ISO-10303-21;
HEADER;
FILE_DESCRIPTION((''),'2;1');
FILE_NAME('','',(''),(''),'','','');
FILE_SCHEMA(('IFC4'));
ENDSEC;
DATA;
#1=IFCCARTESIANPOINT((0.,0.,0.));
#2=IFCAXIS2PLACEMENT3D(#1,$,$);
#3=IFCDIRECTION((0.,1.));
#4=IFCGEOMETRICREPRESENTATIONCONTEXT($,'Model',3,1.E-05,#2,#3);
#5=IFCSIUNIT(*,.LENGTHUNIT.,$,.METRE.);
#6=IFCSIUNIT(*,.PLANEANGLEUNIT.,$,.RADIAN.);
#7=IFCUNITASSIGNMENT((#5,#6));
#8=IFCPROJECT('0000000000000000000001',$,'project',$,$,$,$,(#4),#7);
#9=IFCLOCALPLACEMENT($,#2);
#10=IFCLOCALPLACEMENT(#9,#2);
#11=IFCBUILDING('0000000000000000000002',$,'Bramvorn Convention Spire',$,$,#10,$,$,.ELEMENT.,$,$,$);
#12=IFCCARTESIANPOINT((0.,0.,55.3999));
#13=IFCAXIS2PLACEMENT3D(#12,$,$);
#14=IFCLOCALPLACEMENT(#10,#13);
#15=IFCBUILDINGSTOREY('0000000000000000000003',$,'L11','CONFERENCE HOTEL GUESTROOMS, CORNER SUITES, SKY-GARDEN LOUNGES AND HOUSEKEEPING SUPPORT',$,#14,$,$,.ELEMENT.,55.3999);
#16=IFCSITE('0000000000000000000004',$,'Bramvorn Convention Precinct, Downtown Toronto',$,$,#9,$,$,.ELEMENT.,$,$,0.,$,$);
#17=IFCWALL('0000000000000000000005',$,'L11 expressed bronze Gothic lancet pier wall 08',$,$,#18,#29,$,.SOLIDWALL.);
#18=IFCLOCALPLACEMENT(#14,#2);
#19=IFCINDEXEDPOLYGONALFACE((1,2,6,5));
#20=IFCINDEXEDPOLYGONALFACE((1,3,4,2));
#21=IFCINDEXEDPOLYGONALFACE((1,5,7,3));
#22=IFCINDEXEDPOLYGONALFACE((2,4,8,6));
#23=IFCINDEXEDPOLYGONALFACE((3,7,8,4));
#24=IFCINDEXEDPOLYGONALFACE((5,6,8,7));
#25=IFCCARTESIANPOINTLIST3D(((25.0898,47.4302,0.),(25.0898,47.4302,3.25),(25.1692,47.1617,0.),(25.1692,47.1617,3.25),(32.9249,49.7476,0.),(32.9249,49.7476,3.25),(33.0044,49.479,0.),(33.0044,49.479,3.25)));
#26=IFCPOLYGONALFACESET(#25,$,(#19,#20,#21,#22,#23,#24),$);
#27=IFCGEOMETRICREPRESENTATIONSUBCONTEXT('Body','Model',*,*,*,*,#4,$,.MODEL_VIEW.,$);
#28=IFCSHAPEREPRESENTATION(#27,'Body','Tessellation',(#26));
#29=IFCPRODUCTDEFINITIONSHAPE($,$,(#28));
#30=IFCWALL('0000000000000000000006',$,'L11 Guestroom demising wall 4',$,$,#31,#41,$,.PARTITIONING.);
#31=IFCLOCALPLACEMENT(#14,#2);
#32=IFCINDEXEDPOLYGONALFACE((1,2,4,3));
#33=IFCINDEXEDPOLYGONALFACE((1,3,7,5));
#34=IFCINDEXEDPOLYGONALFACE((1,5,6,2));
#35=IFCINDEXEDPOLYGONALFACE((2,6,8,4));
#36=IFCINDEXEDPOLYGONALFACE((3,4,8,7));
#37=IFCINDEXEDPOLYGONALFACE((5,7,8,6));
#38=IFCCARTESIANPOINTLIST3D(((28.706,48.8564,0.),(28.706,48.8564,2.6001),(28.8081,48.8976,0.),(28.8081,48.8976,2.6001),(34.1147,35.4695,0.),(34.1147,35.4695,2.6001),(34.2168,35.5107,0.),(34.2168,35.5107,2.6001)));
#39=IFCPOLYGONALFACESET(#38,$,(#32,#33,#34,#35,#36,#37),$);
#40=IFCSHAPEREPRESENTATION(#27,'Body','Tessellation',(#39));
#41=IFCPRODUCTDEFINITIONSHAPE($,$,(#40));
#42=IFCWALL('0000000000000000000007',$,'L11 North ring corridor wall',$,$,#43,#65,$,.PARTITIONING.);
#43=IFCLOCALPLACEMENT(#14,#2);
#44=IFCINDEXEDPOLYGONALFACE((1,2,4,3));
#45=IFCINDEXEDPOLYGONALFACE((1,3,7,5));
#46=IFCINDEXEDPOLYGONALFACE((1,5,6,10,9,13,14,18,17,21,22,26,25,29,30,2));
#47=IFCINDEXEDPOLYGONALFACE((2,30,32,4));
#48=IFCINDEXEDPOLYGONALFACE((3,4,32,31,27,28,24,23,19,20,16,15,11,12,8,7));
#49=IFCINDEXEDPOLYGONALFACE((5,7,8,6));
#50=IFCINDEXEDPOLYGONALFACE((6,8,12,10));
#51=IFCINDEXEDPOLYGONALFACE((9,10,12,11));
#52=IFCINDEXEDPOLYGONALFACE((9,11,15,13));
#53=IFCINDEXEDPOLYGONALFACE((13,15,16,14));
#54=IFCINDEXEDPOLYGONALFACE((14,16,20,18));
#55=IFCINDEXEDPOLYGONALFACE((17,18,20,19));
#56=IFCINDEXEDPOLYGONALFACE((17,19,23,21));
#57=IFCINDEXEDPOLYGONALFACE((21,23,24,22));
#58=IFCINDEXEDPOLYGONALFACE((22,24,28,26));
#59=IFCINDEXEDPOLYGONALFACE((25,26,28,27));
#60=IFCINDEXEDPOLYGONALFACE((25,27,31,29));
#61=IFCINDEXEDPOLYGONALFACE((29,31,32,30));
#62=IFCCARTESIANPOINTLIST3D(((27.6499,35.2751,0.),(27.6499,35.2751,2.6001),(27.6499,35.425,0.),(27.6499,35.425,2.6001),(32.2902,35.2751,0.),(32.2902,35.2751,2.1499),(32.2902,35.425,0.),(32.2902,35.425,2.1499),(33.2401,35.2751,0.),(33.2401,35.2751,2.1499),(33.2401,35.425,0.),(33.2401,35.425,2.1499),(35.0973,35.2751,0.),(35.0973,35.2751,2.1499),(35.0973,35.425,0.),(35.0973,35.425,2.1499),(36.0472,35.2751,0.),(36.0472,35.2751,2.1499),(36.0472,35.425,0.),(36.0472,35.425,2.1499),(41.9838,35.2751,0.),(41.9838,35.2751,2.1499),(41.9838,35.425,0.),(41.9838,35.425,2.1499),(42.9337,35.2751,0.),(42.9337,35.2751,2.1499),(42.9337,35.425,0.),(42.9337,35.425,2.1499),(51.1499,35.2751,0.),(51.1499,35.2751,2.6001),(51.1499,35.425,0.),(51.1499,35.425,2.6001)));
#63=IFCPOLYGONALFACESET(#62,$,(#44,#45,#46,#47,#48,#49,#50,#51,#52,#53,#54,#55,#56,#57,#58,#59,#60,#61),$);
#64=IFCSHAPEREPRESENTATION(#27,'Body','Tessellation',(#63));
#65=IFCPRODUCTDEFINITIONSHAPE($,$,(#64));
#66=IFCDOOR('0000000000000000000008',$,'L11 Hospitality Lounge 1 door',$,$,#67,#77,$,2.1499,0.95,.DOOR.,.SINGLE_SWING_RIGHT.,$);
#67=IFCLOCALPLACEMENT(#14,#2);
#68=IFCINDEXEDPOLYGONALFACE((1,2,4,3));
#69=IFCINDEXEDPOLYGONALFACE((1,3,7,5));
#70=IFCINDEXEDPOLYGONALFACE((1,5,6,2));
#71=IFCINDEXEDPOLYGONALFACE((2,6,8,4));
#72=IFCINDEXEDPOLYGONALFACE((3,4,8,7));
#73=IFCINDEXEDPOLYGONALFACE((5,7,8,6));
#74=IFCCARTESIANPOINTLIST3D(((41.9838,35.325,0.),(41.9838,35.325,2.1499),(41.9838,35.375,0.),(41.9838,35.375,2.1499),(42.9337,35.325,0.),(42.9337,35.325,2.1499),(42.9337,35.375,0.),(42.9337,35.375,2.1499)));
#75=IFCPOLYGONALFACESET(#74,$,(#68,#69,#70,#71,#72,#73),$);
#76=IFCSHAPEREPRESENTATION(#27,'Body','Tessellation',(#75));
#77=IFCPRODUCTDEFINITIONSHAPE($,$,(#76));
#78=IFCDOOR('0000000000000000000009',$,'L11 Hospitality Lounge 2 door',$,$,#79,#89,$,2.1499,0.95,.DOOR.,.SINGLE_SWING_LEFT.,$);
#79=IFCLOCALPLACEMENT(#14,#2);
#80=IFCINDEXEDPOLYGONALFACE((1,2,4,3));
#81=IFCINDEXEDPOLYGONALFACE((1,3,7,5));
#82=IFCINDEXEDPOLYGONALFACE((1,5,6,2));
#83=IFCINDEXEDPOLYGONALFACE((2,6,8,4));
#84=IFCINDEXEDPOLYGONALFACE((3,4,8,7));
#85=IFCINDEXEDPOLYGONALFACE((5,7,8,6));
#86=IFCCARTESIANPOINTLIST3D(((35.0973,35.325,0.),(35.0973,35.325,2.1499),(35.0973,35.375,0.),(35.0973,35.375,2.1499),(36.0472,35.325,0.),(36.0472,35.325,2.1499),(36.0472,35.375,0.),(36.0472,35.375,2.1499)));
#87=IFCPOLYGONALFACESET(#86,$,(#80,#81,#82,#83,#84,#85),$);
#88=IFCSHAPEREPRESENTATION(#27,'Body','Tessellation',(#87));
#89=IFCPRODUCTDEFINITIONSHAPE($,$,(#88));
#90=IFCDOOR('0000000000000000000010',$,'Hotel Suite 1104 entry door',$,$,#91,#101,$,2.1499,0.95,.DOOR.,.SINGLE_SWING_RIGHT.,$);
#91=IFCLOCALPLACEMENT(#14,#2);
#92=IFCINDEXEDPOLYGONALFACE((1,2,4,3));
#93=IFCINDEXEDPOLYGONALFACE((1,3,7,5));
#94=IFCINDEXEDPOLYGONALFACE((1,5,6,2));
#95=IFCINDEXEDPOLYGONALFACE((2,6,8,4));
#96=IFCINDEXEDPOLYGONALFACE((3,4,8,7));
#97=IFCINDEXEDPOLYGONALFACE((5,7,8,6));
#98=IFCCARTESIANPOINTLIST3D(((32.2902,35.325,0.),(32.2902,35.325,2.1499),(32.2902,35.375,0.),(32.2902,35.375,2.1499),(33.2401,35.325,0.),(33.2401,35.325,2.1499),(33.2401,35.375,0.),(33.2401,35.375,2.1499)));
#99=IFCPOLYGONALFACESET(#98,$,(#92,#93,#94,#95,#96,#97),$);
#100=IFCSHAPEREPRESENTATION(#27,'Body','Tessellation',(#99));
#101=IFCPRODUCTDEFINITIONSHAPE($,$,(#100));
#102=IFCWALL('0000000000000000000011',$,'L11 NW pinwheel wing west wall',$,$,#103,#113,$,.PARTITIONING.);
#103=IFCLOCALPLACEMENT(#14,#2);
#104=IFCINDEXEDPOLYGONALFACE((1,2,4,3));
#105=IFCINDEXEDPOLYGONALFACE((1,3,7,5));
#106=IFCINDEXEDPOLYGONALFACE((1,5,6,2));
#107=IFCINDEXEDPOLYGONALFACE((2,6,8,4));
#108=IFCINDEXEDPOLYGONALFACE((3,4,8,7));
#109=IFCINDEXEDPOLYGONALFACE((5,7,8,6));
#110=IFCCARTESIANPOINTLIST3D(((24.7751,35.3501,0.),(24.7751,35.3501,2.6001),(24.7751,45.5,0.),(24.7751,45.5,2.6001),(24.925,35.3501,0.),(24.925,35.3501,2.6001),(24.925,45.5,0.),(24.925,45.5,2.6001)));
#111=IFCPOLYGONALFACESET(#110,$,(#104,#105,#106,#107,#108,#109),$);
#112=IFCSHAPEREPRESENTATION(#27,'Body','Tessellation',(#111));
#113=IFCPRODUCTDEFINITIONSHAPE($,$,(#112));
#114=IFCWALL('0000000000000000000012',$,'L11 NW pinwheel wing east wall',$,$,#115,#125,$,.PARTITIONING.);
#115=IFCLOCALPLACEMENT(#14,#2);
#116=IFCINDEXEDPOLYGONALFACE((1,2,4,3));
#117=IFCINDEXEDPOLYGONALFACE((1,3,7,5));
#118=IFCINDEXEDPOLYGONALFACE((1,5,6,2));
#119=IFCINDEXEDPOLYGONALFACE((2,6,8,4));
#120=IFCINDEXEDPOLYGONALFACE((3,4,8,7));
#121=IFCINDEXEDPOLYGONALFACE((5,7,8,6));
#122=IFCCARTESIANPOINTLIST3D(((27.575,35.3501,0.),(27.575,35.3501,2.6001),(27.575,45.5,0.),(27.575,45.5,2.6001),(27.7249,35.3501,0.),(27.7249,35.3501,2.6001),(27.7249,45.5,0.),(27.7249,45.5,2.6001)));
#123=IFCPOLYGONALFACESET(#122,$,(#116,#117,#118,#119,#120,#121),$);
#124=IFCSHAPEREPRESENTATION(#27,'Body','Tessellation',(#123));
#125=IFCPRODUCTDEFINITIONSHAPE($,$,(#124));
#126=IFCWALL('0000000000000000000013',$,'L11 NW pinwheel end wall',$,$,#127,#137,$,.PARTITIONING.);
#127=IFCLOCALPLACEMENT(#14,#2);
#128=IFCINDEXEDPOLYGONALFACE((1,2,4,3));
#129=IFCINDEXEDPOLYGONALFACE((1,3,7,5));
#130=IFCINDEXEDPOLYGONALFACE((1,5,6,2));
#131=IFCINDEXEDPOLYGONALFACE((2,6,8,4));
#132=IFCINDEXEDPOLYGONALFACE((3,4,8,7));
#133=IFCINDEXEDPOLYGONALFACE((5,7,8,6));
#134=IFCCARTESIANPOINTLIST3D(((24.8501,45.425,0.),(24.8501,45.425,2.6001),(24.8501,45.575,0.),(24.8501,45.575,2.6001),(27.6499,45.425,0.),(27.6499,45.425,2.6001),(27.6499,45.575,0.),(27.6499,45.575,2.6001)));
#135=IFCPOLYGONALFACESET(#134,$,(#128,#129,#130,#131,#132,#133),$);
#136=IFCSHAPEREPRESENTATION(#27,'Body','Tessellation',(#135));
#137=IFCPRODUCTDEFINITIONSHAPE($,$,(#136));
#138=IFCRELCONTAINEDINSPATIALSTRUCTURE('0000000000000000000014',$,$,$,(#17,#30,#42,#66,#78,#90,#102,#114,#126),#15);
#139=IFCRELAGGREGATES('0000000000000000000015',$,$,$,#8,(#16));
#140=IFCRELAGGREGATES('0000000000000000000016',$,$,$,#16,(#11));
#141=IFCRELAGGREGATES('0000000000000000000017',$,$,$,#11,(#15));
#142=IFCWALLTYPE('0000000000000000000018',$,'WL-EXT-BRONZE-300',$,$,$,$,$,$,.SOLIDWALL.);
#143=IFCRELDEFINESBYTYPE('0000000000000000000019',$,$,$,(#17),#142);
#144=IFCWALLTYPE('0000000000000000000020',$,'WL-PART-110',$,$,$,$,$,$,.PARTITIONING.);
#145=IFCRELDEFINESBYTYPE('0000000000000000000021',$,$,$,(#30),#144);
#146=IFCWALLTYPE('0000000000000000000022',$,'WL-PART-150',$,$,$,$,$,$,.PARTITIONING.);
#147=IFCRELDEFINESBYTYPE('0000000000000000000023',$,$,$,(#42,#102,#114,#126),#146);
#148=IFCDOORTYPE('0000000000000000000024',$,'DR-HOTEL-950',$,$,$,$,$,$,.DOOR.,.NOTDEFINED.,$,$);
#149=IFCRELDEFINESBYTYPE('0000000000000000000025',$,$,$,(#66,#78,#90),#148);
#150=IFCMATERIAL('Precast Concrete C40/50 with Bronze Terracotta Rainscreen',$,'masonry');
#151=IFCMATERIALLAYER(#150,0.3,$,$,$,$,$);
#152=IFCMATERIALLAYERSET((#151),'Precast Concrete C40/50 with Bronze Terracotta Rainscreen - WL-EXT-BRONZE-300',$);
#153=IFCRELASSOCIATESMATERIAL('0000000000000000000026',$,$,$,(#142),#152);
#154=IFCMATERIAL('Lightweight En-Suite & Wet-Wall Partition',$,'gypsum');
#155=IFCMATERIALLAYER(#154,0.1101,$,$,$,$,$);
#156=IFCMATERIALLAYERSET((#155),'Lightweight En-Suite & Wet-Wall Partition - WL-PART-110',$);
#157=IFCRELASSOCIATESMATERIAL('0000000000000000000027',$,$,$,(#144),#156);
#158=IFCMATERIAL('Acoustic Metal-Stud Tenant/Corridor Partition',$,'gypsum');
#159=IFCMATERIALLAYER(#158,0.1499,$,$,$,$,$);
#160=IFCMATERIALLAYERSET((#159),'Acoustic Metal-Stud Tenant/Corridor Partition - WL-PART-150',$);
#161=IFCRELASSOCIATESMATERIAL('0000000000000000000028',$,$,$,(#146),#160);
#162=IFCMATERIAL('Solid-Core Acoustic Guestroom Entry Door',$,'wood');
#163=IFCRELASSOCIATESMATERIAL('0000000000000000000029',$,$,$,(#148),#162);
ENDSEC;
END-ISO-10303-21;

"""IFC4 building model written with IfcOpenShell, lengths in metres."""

from ifc_helpers import new_model, si_unit, direction, frame, frame_2d, origin, place, context, subcontext, project, spatial, rectangle, extrude, material, layer, layer_set, type_object, element, fill, save


model = new_model("IFC4")

# Units and contexts
model_context = context("Model", 3, precision=1e-05, world=origin(), true_north=direction((0.0, 1.0)))
body_context = subcontext(model_context, "Body", "Model", "MODEL_VIEW")
ifc_project = project(units=[si_unit("LENGTHUNIT", "METRE"), si_unit("PLANEANGLEUNIT", "RADIAN")], contexts=[model_context])

# Site, building, storey
site_placement = place(None, origin())
site = spatial("IfcSite", under=ifc_project, at=site_placement, Name="Bramvorn Convention Precinct, Downtown Toronto", CompositionType="ELEMENT", RefElevation=0.0)
building_placement = place(site_placement, origin())
building = spatial("IfcBuilding", under=site, at=building_placement, Name="Bramvorn Convention Spire", CompositionType="ELEMENT")
storey_placement = place(building_placement, frame((0.0, 0.0, 55.3999)))
storey = spatial("IfcBuildingStorey", under=building, at=storey_placement, Name="L11", Description="CONFERENCE HOTEL GUESTROOMS, CORNER SUITES, SKY-GARDEN LOUNGES AND HOUSEKEEPING SUPPORT", CompositionType="ELEMENT", Elevation=55.3999)

# Walls
ifc_material_1 = material(Name="Precast Concrete C40/50 with Bronze Terracotta Rainscreen", Category="masonry")
ifc_layer_1 = layer(ifc_material_1, 0.3)
ifc_layer_set_1 = layer_set([ifc_layer_1], Name="Precast Concrete C40/50 with Bronze Terracotta Rainscreen - WL-EXT-BRONZE-300")
wall_type_1 = type_object("IfcWallType", Name="WL-EXT-BRONZE-300", PredefinedType="SOLIDWALL", material=ifc_layer_set_1)
wall_1_placement = place(storey_placement, frame((25.1294, 47.2959, 0.0), z_axis=(0.0, 0.0, 1.0), x_axis=(0.958937, 0.28362, 0.0)))
element("IfcWall", 1, at=wall_1_placement, inside=storey, type_object=wall_type_1, Name="L11 expressed bronze Gothic lancet pier wall 08", PredefinedType="SOLIDWALL", context=body_context, shape_type="SweptSolid", body=[
    extrude(rectangle(XDim=8.1707, YDim=0.28, at=frame_2d((4.0854, 0.0))), origin(), (0.0, 0.0, 1.0), 3.25),
])
ifc_material_2 = material(Name="Lightweight En-Suite & Wet-Wall Partition", Category="gypsum")
ifc_layer_2 = layer(ifc_material_2, 0.1101)
ifc_layer_set_2 = layer_set([ifc_layer_2], Name="Lightweight En-Suite & Wet-Wall Partition - WL-PART-110")
wall_type_2 = type_object("IfcWallType", Name="WL-PART-110", PredefinedType="PARTITIONING", material=ifc_layer_set_2)
wall_2_placement = place(storey_placement, frame((34.1658, 35.49, 0.0), z_axis=(0.0, 0.0, 1.0), x_axis=(-0.374607, 0.927184, 0.0)))
element("IfcWall", 2, at=wall_2_placement, inside=storey, type_object=wall_type_2, Name="L11 Guestroom demising wall 4", PredefinedType="PARTITIONING", context=body_context, shape_type="SweptSolid", body=[
    extrude(rectangle(XDim=14.4382, YDim=0.1101, at=frame_2d((7.2192, 0.0))), origin(), (0.0, 0.0, 1.0), 2.6001),
])

# Wall, openings, doors
ifc_material_3 = material(Name="Acoustic Metal-Stud Tenant/Corridor Partition", Category="gypsum")
ifc_layer_3 = layer(ifc_material_3, 0.1499)
ifc_layer_set_3 = layer_set([ifc_layer_3], Name="Acoustic Metal-Stud Tenant/Corridor Partition - WL-PART-150")
wall_type_3 = type_object("IfcWallType", Name="WL-PART-150", PredefinedType="PARTITIONING", material=ifc_layer_set_3)
wall_3_placement = place(storey_placement, frame((27.6499, 35.3501, 0.0), z_axis=(0.0, 0.0, 1.0), x_axis=(1.0, 0.0, 0.0)))
wall_3 = element("IfcWall", 3, at=wall_3_placement, inside=storey, type_object=wall_type_3, Name="L11 North ring corridor wall", PredefinedType="PARTITIONING", context=body_context, shape_type="SweptSolid", body=[
    extrude(rectangle(XDim=23.5, YDim=0.1499, at=frame_2d((11.75, 0.0))), origin(), (0.0, 0.0, 1.0), 2.6001),
])
opening_1_placement = place(wall_3_placement, frame((14.3337, 0.0, 0.0)))
opening_1 = element("IfcOpeningElement", 4, at=opening_1_placement, cuts=wall_3, PredefinedType="OPENING", context=body_context, shape_type="SweptSolid", body=[
    extrude(rectangle(XDim=0.95, YDim=2.1499, at=frame_2d((0.4751, 1.075))), frame((0.0, 0.085, 0.0), z_axis=(0.0, -1.0, 0.0), x_axis=(1.0, 0.0, 0.0)), (0.0, 0.0, 1.0), 0.1699),
])
opening_2_placement = place(wall_3_placement, frame((7.4473, 0.0, 0.0)))
opening_2 = element("IfcOpeningElement", 5, at=opening_2_placement, cuts=wall_3, PredefinedType="OPENING", context=body_context, shape_type="SweptSolid", body=[
    extrude(rectangle(XDim=0.95, YDim=2.1499, at=frame_2d((0.4751, 1.075))), frame((0.0, 0.085, 0.0), z_axis=(0.0, -1.0, 0.0), x_axis=(1.0, 0.0, 0.0)), (0.0, 0.0, 1.0), 0.1699),
])
opening_3_placement = place(wall_3_placement, frame((4.6401, 0.0, 0.0)))
opening_3 = element("IfcOpeningElement", 6, at=opening_3_placement, cuts=wall_3, PredefinedType="OPENING", context=body_context, shape_type="SweptSolid", body=[
    extrude(rectangle(XDim=0.95, YDim=2.1499, at=frame_2d((0.4751, 1.075))), frame((0.0, 0.085, 0.0), z_axis=(0.0, -1.0, 0.0), x_axis=(1.0, 0.0, 0.0)), (0.0, 0.0, 1.0), 0.1699),
])
ifc_material_4 = material(Name="Solid-Core Acoustic Guestroom Entry Door", Category="wood")
door_type_1 = type_object("IfcDoorType", Name="DR-HOTEL-950", OperationType="NOTDEFINED", PredefinedType="DOOR", material=ifc_material_4)
door_1_placement = place(opening_1_placement, origin())
door_1 = element("IfcDoor", 7, at=door_1_placement, inside=storey, type_object=door_type_1, Name="L11 Hospitality Lounge 1 door", OperationType="SINGLE_SWING_RIGHT", OverallHeight=2.1499, OverallWidth=0.95, PredefinedType="DOOR", context=body_context, shape_type="SweptSolid", body=[
    extrude(rectangle(XDim=0.95, YDim=2.1499, at=frame_2d((0.4751, 1.075))), frame((0.0, 0.0249, 0.0), z_axis=(0.0, -1.0, 0.0), x_axis=(1.0, 0.0, 0.0)), (0.0, 0.0, 1.0), 0.05),
])
fill(opening_1, door_1)
door_2_placement = place(opening_2_placement, origin())
door_2 = element("IfcDoor", 8, at=door_2_placement, inside=storey, type_object=door_type_1, Name="L11 Hospitality Lounge 2 door", OperationType="SINGLE_SWING_LEFT", OverallHeight=2.1499, OverallWidth=0.95, PredefinedType="DOOR", context=body_context, shape_type="SweptSolid", body=[
    extrude(rectangle(XDim=0.95, YDim=2.1499, at=frame_2d((0.4751, 1.075))), frame((0.0, 0.0249, 0.0), z_axis=(0.0, -1.0, 0.0), x_axis=(1.0, 0.0, 0.0)), (0.0, 0.0, 1.0), 0.05),
])
fill(opening_2, door_2)
door_3_placement = place(opening_3_placement, origin())
door_3 = element("IfcDoor", 9, at=door_3_placement, inside=storey, type_object=door_type_1, Name="Hotel Suite 1104 entry door", OperationType="SINGLE_SWING_RIGHT", OverallHeight=2.1499, OverallWidth=0.95, PredefinedType="DOOR", context=body_context, shape_type="SweptSolid", body=[
    extrude(rectangle(XDim=0.95, YDim=2.1499, at=frame_2d((0.4751, 1.075))), frame((0.0, 0.0249, 0.0), z_axis=(0.0, -1.0, 0.0), x_axis=(1.0, 0.0, 0.0)), (0.0, 0.0, 1.0), 0.05),
])
fill(opening_3, door_3)

# Walls
for number, where, z_axis, x_axis, name in (
    (10, (24.8501, 35.3501, 0.0), (0.0, 0.0, 1.0), (0.0, 1.0, 0.0), "L11 NW pinwheel wing west wall"),
    (11, (27.6499, 35.3501, 0.0), (0.0, 0.0, 1.0), (0.0, 1.0, 0.0), "L11 NW pinwheel wing east wall"),
):
    element("IfcWall", number, at=place(storey_placement, frame(where, z_axis=z_axis, x_axis=x_axis)), inside=storey, type_object=wall_type_3, Name=name, PredefinedType="PARTITIONING", context=body_context, shape_type="SweptSolid", body=[
        extrude(rectangle(XDim=10.1499, YDim=0.1499, at=frame_2d((5.075, 0.0))), origin(), (0.0, 0.0, 1.0), 2.6001),
    ])
wall_4_placement = place(storey_placement, frame((24.8501, 45.5, 0.0), z_axis=(0.0, 0.0, 1.0), x_axis=(1.0, 0.0, 0.0)))
element("IfcWall", 12, at=wall_4_placement, inside=storey, type_object=wall_type_3, Name="L11 NW pinwheel end wall", PredefinedType="PARTITIONING", context=body_context, shape_type="SweptSolid", body=[
    extrude(rectangle(XDim=2.7998, YDim=0.1499, at=frame_2d((1.3999, 0.0))), origin(), (0.0, 0.0, 1.0), 2.6001),
])

save(model, "model.ifc")
